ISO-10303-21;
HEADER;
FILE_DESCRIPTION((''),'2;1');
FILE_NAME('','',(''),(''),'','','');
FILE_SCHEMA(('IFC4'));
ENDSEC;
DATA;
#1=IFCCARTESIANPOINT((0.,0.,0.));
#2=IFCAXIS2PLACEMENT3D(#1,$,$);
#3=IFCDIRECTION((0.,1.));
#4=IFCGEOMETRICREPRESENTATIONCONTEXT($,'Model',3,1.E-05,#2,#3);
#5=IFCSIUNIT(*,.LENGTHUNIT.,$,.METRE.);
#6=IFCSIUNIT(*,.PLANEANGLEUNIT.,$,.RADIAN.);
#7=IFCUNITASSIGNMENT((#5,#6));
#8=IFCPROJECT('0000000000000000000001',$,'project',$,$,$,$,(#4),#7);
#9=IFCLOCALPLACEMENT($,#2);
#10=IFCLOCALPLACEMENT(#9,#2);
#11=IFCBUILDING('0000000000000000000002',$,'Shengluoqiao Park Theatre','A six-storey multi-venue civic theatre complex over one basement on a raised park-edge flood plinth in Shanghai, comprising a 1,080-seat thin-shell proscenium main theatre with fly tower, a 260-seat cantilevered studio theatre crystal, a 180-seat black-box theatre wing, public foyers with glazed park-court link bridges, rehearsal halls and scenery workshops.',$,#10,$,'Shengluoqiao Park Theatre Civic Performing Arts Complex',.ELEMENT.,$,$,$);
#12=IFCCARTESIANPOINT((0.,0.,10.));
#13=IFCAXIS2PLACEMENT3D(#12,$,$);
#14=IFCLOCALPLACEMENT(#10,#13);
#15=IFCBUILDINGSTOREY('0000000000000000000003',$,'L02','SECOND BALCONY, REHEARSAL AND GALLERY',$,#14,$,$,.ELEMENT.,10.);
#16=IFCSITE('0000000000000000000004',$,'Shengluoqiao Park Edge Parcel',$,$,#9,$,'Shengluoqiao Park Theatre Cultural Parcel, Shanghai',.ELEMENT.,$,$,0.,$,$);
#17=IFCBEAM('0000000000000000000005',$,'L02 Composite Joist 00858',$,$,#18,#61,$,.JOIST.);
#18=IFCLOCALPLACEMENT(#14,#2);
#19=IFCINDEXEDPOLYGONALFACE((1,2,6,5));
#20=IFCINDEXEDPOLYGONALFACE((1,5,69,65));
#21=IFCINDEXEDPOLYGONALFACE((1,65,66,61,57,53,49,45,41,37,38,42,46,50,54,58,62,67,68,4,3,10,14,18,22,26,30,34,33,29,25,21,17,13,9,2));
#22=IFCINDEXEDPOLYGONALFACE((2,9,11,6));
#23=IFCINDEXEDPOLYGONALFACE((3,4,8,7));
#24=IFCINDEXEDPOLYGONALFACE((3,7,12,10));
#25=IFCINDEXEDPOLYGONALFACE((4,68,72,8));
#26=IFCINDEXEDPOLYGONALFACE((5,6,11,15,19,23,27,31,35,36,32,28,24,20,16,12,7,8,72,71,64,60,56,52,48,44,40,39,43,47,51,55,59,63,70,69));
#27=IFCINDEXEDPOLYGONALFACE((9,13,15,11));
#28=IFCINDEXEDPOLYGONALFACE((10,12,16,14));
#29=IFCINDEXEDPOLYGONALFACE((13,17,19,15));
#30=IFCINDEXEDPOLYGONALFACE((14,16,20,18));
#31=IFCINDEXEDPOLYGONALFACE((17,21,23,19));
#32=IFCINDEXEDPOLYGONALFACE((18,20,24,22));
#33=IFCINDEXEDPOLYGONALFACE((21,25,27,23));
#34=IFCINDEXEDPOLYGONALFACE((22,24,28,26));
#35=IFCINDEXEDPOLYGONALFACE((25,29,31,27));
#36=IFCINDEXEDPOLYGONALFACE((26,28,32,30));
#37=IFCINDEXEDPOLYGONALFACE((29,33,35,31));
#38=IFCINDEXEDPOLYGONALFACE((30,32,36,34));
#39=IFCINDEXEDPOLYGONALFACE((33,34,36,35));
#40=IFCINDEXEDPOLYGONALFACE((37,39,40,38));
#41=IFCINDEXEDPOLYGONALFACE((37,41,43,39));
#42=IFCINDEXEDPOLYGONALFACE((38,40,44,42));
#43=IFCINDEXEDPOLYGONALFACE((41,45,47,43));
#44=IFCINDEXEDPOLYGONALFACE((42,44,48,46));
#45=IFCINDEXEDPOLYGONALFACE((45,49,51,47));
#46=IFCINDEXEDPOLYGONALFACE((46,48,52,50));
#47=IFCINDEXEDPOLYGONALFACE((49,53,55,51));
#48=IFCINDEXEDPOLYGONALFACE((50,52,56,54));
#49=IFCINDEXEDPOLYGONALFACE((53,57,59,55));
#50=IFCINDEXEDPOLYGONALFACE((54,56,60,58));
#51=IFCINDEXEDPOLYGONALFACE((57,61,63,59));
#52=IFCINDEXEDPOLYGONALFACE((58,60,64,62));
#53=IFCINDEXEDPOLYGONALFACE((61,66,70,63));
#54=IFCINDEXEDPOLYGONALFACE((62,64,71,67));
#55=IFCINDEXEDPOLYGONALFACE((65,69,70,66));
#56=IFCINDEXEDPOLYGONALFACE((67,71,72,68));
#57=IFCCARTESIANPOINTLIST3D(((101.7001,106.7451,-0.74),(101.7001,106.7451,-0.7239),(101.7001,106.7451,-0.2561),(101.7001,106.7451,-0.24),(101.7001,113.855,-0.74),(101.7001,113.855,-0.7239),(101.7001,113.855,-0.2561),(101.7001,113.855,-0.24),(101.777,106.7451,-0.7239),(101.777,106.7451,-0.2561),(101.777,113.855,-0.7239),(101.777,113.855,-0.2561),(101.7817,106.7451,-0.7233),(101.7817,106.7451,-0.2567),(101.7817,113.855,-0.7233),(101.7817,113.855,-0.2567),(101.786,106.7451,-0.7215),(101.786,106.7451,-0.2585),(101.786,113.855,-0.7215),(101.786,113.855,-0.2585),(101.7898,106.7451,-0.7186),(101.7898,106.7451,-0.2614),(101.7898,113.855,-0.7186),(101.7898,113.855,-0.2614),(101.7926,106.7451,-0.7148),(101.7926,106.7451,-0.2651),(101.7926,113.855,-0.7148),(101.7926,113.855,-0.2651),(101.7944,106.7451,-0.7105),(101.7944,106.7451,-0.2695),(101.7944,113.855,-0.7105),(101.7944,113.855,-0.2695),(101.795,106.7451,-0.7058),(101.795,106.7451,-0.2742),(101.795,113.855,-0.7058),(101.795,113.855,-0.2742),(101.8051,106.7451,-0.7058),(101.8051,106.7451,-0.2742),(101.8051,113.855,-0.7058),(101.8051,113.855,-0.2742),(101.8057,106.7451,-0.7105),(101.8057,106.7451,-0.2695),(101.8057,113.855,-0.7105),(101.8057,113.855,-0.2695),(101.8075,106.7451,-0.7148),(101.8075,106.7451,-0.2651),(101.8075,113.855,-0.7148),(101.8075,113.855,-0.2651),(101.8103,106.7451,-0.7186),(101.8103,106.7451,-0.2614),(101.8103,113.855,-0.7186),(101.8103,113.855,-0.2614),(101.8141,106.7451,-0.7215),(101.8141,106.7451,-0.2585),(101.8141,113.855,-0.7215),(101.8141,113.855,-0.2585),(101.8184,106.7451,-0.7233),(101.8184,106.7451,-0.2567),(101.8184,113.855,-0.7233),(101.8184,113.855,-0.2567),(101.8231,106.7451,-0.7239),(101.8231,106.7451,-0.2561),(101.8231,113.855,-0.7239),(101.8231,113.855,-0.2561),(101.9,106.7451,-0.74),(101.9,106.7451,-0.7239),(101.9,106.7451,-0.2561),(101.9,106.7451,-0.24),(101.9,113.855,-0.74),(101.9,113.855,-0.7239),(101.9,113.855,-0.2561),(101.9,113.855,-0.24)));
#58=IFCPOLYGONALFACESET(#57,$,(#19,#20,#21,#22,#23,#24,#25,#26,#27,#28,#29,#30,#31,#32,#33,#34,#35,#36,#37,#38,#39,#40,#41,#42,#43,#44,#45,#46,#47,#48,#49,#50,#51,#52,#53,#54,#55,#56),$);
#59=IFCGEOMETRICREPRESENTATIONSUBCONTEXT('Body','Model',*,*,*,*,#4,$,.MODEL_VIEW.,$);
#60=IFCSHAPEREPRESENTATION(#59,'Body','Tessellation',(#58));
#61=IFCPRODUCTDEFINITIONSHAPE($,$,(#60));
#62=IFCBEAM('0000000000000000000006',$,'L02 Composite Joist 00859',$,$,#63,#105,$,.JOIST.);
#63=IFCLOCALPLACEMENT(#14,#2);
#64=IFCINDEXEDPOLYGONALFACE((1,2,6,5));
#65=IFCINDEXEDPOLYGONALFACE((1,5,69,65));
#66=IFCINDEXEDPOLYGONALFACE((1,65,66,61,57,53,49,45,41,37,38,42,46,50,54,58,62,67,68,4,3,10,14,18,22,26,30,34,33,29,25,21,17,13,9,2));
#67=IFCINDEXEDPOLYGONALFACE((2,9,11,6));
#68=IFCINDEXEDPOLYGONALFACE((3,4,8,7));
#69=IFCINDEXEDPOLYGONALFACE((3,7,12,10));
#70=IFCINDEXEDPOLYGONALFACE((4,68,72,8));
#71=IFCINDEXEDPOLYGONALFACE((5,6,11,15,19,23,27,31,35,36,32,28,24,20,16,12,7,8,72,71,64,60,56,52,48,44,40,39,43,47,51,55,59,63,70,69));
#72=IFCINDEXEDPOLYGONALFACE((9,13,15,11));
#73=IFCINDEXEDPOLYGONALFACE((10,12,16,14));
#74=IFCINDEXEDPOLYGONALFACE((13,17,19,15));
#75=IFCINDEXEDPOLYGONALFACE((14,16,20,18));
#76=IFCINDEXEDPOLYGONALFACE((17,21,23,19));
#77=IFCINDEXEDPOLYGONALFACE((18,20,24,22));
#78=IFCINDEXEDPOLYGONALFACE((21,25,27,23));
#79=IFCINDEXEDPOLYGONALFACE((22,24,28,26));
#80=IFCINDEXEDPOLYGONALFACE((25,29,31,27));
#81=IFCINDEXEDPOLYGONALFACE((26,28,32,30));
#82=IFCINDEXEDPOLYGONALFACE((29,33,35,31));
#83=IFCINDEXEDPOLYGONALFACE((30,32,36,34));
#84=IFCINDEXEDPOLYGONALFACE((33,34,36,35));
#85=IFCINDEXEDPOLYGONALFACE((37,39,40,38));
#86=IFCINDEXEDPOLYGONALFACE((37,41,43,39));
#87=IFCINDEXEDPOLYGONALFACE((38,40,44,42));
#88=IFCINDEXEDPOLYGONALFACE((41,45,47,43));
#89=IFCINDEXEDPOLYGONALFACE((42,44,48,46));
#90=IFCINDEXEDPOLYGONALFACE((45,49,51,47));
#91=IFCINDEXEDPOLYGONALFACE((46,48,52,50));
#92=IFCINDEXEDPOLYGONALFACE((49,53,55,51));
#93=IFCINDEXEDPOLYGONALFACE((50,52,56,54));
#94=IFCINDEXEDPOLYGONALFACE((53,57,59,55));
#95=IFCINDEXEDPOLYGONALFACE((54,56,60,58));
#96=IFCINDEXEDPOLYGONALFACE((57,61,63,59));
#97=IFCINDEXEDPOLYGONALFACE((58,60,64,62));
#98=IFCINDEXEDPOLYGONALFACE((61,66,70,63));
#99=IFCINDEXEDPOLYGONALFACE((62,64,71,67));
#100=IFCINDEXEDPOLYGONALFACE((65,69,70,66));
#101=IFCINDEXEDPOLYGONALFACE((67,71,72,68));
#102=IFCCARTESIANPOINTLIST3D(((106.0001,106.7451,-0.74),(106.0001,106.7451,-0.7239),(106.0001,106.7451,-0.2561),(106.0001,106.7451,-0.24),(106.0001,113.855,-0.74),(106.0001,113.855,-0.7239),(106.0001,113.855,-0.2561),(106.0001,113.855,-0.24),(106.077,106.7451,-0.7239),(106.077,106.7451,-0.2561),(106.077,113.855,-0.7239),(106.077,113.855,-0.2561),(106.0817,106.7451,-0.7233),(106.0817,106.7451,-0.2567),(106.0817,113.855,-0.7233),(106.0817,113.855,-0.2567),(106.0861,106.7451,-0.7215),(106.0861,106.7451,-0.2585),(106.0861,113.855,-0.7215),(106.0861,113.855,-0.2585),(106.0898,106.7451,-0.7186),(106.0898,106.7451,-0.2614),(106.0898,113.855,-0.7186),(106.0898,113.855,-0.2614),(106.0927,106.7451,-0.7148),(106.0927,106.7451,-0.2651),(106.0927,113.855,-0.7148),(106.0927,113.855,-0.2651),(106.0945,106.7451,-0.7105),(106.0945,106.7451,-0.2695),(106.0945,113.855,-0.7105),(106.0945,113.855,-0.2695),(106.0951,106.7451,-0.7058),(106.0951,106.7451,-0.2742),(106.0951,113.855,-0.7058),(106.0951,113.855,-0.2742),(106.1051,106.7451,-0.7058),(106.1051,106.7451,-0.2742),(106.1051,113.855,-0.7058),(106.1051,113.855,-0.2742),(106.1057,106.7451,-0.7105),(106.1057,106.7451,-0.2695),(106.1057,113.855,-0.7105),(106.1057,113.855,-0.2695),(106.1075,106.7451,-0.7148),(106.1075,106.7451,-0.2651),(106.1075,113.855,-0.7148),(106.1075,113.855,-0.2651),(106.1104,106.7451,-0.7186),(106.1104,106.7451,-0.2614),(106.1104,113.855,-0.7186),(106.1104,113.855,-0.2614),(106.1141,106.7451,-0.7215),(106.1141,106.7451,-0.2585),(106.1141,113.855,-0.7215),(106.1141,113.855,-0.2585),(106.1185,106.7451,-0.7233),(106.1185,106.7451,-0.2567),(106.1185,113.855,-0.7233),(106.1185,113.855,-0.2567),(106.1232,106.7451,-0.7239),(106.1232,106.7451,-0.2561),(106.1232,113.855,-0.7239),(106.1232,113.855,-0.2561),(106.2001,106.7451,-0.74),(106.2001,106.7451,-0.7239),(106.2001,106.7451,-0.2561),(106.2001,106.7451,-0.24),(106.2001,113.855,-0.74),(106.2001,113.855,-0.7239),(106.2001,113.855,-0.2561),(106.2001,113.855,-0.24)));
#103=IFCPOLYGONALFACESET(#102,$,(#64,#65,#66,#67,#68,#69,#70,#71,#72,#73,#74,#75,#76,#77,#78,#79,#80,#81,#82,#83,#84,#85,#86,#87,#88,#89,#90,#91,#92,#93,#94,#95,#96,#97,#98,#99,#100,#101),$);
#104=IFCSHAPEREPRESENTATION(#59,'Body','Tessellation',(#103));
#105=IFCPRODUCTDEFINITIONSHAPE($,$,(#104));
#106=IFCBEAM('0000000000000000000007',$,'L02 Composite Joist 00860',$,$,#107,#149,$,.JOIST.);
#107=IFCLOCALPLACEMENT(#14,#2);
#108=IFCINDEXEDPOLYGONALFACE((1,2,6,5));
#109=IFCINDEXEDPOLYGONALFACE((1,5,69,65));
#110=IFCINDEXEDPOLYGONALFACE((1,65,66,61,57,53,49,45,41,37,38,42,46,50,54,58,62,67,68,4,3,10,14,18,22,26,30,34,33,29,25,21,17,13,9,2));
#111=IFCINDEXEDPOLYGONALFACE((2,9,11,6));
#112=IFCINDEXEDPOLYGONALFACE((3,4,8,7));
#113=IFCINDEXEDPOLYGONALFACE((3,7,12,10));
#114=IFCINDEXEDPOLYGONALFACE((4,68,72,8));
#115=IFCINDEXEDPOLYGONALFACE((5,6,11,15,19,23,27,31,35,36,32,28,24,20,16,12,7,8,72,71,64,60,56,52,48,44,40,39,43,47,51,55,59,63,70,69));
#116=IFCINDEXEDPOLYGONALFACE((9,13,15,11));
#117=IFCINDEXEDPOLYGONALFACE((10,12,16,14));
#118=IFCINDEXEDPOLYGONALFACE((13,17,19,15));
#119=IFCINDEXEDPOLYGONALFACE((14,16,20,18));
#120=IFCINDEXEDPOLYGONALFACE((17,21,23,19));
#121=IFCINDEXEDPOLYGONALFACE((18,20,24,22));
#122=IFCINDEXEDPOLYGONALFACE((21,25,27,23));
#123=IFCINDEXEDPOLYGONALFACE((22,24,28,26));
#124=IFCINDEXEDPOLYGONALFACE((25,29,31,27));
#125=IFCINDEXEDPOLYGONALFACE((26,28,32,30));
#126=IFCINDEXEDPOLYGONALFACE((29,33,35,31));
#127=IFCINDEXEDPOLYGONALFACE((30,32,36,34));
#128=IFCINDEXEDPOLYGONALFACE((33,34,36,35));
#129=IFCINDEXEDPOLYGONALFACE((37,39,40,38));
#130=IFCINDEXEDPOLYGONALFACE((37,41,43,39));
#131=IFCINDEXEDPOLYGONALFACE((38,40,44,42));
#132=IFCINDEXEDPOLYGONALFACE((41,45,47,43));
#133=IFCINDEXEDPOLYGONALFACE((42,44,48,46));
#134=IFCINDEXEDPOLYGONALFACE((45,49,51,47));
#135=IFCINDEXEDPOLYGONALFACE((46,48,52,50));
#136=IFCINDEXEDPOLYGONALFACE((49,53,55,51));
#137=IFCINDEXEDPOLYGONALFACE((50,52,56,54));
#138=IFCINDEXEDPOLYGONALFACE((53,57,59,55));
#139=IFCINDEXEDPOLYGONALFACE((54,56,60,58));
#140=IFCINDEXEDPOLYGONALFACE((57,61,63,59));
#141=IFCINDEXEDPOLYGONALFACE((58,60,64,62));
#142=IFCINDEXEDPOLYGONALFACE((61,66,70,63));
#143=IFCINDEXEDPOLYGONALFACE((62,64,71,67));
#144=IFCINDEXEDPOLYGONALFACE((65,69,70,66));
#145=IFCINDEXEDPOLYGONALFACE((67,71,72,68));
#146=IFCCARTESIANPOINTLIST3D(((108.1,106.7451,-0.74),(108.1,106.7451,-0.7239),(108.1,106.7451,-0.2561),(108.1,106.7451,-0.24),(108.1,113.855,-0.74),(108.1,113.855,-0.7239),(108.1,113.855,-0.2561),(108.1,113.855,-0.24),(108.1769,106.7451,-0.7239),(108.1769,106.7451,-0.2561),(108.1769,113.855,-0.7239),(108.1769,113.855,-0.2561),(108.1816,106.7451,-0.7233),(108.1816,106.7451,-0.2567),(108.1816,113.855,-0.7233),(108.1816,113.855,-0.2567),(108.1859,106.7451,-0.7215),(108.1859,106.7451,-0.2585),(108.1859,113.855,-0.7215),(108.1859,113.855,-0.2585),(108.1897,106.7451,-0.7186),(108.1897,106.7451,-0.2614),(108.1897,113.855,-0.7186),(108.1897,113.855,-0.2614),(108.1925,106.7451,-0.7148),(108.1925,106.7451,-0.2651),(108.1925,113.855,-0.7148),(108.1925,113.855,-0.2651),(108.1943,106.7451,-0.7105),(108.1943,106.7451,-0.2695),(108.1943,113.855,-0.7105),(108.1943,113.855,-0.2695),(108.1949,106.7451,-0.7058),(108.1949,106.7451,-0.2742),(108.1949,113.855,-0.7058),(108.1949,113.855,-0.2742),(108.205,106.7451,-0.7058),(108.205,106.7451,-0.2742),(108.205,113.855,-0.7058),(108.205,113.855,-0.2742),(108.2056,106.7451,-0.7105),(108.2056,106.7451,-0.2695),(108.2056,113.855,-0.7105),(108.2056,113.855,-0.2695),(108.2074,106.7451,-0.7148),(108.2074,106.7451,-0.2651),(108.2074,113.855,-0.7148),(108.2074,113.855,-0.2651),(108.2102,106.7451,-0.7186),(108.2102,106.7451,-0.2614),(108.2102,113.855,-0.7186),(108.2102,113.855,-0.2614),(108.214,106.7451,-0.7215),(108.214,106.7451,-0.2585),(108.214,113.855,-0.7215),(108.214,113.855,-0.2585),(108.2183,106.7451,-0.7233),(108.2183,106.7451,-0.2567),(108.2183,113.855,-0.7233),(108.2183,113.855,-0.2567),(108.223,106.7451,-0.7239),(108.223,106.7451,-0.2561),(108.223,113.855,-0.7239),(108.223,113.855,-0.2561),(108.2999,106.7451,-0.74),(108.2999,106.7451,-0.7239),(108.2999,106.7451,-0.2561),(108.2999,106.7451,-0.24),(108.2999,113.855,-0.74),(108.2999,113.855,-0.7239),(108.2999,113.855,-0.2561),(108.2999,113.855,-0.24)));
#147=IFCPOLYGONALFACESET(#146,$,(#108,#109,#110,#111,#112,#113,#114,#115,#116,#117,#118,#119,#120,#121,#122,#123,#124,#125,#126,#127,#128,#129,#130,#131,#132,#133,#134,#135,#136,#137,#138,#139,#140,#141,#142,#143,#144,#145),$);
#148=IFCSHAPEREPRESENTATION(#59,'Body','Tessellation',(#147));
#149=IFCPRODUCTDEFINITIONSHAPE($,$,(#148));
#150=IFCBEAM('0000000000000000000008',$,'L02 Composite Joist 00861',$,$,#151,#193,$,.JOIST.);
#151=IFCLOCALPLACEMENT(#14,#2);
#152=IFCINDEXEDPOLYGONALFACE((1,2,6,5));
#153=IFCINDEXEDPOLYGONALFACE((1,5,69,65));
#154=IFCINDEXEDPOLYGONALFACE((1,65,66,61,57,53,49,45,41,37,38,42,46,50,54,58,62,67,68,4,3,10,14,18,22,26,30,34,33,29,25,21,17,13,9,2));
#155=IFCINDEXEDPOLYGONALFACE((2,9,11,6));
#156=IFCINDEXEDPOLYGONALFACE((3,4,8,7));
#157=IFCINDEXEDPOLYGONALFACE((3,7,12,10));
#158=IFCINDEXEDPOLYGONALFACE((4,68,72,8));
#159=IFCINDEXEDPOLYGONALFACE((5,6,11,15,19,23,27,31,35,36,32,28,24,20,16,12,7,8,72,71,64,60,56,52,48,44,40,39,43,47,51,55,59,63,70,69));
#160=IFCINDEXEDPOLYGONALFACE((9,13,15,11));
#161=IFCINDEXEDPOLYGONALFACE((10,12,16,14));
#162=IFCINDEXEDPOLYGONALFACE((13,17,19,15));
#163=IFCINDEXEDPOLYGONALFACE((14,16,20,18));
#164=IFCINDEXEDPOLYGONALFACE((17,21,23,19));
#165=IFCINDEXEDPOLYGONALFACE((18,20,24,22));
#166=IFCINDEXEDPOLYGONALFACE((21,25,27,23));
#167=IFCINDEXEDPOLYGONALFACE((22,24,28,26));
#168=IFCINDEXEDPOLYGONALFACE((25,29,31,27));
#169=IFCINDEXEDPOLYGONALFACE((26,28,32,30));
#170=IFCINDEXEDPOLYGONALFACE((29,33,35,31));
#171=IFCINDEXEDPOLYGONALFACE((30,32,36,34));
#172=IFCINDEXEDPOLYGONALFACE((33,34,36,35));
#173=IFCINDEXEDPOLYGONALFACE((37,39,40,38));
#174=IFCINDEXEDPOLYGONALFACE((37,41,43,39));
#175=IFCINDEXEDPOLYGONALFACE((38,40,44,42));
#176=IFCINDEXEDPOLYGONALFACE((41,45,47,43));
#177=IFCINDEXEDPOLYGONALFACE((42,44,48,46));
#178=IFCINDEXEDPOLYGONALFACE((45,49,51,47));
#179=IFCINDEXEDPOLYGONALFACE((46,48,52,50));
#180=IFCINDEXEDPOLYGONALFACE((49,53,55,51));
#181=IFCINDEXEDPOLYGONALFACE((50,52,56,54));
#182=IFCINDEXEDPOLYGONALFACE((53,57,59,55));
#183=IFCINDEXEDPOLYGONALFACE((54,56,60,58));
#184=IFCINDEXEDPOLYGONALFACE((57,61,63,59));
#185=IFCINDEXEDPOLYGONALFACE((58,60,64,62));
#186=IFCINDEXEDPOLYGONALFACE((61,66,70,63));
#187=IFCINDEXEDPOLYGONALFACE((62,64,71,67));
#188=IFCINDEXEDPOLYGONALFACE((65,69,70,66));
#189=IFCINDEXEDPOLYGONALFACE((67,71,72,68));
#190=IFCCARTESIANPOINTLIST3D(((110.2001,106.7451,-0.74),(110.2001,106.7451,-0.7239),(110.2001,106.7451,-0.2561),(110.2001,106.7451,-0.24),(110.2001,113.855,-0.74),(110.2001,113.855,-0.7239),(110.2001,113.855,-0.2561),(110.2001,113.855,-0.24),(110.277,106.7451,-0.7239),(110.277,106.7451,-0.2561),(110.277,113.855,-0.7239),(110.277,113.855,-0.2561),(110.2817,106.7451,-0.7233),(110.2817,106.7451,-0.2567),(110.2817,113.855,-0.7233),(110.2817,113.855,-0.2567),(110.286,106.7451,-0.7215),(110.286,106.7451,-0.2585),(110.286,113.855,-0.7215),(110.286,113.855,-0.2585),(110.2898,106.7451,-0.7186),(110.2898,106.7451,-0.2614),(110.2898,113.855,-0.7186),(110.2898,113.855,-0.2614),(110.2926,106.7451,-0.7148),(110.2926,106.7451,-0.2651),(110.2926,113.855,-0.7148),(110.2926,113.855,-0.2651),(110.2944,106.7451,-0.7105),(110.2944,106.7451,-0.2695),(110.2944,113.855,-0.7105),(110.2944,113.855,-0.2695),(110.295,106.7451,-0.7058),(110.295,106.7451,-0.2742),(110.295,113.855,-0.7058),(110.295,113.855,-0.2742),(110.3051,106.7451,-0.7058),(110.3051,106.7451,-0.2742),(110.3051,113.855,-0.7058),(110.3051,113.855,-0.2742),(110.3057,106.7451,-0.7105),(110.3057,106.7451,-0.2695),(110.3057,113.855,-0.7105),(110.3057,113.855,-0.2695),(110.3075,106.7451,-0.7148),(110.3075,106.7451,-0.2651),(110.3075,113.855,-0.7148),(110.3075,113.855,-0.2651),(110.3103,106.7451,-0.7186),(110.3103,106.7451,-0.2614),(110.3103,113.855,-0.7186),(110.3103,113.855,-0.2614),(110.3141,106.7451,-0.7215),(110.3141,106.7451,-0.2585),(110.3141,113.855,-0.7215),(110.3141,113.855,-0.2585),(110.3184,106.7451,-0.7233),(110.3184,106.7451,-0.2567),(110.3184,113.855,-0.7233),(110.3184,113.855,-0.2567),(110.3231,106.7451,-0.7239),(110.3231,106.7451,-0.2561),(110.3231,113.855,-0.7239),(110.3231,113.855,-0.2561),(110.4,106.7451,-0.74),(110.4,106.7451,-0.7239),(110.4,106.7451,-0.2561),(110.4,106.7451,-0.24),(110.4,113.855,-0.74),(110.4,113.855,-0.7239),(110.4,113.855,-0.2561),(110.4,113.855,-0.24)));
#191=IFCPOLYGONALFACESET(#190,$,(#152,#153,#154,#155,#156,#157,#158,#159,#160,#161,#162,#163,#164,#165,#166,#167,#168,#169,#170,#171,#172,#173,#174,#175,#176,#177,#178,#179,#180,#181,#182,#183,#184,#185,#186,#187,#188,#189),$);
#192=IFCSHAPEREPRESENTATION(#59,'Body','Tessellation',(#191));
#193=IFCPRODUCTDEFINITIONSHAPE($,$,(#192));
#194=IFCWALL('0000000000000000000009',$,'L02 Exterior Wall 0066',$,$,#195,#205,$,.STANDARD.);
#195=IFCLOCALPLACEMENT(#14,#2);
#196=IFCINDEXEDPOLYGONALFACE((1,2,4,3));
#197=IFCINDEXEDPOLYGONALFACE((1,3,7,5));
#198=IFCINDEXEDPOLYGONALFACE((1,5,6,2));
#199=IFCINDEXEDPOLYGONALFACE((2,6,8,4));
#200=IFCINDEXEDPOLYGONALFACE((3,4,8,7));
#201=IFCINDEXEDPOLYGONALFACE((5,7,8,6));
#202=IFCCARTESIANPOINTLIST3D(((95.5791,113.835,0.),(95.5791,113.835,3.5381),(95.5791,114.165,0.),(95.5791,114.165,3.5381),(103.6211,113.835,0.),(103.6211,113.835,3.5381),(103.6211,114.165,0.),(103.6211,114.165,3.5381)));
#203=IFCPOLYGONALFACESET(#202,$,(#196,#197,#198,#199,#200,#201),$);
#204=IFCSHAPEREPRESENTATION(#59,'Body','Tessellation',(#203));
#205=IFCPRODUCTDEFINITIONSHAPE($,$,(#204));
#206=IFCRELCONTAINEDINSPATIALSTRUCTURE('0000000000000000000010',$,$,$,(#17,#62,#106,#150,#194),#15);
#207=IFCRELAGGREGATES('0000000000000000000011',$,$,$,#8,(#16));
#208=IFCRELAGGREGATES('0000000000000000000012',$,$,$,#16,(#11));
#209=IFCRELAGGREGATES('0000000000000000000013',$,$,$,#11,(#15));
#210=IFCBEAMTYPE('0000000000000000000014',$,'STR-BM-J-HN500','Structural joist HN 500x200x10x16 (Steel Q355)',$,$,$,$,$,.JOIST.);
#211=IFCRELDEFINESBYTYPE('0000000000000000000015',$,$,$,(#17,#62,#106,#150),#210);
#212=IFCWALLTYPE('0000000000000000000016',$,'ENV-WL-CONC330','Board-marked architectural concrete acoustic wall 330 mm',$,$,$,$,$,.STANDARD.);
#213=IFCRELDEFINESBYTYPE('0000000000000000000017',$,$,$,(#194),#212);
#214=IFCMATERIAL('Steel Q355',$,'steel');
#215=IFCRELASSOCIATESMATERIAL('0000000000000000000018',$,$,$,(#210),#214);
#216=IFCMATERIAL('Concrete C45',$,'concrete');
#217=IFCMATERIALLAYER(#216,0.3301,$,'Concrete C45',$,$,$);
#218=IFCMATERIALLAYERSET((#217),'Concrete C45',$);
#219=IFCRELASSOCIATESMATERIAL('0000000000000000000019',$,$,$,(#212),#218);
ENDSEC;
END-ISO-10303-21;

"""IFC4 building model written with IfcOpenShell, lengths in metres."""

from ifc_helpers import new_model, si_unit, direction, frame, frame_2d, origin, origin_2d, place, context, subcontext, project, spatial, rectangle, i_section, extrude, material, layer, layer_set, material_profile, profile_set, type_object, element, save


model = new_model("IFC4")

# Units and contexts
model_context = context("Model", 3, precision=1e-05, world=origin(), true_north=direction((0.0, 1.0)))
body_context = subcontext(model_context, "Body", "Model", "MODEL_VIEW")
ifc_project = project(units=[si_unit("LENGTHUNIT", "METRE"), si_unit("PLANEANGLEUNIT", "RADIAN")], contexts=[model_context])

# Site, building, storey
site_placement = place(None, origin())
site = spatial("IfcSite", under=ifc_project, at=site_placement, Name="Shengluoqiao Park Edge Parcel", LongName="Shengluoqiao Park Theatre Cultural Parcel, Shanghai", CompositionType="ELEMENT", RefElevation=0.0)
building_placement = place(site_placement, origin())
building = spatial("IfcBuilding", under=site, at=building_placement, Name="Shengluoqiao Park Theatre", Description="A six-storey multi-venue civic theatre complex over one basement on a raised park-edge flood plinth in Shanghai, comprising a 1,080-seat thin-shell proscenium main theatre with fly tower, a 260-seat cantilevered studio theatre crystal, a 180-seat black-box theatre wing, public foyers with glazed park-court link bridges, rehearsal halls and scenery workshops.", LongName="Shengluoqiao Park Theatre Civic Performing Arts Complex", CompositionType="ELEMENT")
storey_placement = place(building_placement, frame((0.0, 0.0, 10.0)))
storey = spatial("IfcBuildingStorey", under=building, at=storey_placement, Name="L02", Description="SECOND BALCONY, REHEARSAL AND GALLERY", CompositionType="ELEMENT", Elevation=10.0)

# Beams
ifc_material_1 = material(Name="Steel Q355", Category="steel")
ifc_material_profile_1 = material_profile(ifc_material_1, i_section(OverallWidth=0.2, OverallDepth=0.5, WebThickness=0.01, FlangeThickness=0.0161, FilletRadius=0.0181, at=origin_2d()), Name="HN 500x200x10x16")
ifc_profile_set_1 = profile_set([ifc_material_profile_1], Name="Steel Q355")
beam_type_1 = type_object("IfcBeamType", Name="STR-BM-J-HN500", Description="Structural joist HN 500x200x10x16 (Steel Q355)", PredefinedType="JOIST", material=ifc_profile_set_1)
for number, where, z_axis, x_axis, name in (
    (1, (101.8, 106.7451, -0.49), (0.0, 1.0, 0.0), (-1.0, 0.0, 0.0), "L02 Composite Joist 00858"),
    (2, (106.1001, 106.7451, -0.49), (0.0, 1.0, 0.0), (-1.0, 0.0, 0.0), "L02 Composite Joist 00859"),
    (3, (108.2, 106.7451, -0.49), (0.0, 1.0, 0.0), (-1.0, 0.0, 0.0), "L02 Composite Joist 00860"),
    (4, (110.3, 106.7451, -0.49), (0.0, 1.0, 0.0), (-1.0, 0.0, 0.0), "L02 Composite Joist 00861"),
):
    element("IfcBeam", number, at=place(storey_placement, frame(where, z_axis=z_axis, x_axis=x_axis)), inside=storey, type_object=beam_type_1, Name=name, PredefinedType="JOIST", context=body_context, shape_type="SweptSolid", body=[
        extrude(i_section(OverallWidth=0.2, OverallDepth=0.5, WebThickness=0.01, FlangeThickness=0.0161, FilletRadius=0.0181, at=origin_2d()), origin(), (0.0, 0.0, 1.0), 7.1099),
    ])

# Wall
ifc_material_2 = material(Name="Concrete C45", Category="concrete")
ifc_layer_1 = layer(ifc_material_2, 0.3301, Name="Concrete C45")
ifc_layer_set_1 = layer_set([ifc_layer_1], Name="Concrete C45")
wall_type_1 = type_object("IfcWallType", Name="ENV-WL-CONC330", Description="Board-marked architectural concrete acoustic wall 330 mm", PredefinedType="STANDARD", material=ifc_layer_set_1)
wall_1_placement = place(storey_placement, frame((95.5791, 114.0, 0.0), z_axis=(0.0, 0.0, 1.0), x_axis=(1.0, 0.0, 0.0)))
element("IfcWall", 5, at=wall_1_placement, inside=storey, type_object=wall_type_1, Name="L02 Exterior Wall 0066", PredefinedType="STANDARD", context=body_context, shape_type="SweptSolid", body=[
    extrude(rectangle(XDim=8.042, YDim=0.3301, at=frame_2d((4.021, 0.0))), origin(), (0.0, 0.0, 1.0), 3.5381),
])

save(model, "model.ifc")
